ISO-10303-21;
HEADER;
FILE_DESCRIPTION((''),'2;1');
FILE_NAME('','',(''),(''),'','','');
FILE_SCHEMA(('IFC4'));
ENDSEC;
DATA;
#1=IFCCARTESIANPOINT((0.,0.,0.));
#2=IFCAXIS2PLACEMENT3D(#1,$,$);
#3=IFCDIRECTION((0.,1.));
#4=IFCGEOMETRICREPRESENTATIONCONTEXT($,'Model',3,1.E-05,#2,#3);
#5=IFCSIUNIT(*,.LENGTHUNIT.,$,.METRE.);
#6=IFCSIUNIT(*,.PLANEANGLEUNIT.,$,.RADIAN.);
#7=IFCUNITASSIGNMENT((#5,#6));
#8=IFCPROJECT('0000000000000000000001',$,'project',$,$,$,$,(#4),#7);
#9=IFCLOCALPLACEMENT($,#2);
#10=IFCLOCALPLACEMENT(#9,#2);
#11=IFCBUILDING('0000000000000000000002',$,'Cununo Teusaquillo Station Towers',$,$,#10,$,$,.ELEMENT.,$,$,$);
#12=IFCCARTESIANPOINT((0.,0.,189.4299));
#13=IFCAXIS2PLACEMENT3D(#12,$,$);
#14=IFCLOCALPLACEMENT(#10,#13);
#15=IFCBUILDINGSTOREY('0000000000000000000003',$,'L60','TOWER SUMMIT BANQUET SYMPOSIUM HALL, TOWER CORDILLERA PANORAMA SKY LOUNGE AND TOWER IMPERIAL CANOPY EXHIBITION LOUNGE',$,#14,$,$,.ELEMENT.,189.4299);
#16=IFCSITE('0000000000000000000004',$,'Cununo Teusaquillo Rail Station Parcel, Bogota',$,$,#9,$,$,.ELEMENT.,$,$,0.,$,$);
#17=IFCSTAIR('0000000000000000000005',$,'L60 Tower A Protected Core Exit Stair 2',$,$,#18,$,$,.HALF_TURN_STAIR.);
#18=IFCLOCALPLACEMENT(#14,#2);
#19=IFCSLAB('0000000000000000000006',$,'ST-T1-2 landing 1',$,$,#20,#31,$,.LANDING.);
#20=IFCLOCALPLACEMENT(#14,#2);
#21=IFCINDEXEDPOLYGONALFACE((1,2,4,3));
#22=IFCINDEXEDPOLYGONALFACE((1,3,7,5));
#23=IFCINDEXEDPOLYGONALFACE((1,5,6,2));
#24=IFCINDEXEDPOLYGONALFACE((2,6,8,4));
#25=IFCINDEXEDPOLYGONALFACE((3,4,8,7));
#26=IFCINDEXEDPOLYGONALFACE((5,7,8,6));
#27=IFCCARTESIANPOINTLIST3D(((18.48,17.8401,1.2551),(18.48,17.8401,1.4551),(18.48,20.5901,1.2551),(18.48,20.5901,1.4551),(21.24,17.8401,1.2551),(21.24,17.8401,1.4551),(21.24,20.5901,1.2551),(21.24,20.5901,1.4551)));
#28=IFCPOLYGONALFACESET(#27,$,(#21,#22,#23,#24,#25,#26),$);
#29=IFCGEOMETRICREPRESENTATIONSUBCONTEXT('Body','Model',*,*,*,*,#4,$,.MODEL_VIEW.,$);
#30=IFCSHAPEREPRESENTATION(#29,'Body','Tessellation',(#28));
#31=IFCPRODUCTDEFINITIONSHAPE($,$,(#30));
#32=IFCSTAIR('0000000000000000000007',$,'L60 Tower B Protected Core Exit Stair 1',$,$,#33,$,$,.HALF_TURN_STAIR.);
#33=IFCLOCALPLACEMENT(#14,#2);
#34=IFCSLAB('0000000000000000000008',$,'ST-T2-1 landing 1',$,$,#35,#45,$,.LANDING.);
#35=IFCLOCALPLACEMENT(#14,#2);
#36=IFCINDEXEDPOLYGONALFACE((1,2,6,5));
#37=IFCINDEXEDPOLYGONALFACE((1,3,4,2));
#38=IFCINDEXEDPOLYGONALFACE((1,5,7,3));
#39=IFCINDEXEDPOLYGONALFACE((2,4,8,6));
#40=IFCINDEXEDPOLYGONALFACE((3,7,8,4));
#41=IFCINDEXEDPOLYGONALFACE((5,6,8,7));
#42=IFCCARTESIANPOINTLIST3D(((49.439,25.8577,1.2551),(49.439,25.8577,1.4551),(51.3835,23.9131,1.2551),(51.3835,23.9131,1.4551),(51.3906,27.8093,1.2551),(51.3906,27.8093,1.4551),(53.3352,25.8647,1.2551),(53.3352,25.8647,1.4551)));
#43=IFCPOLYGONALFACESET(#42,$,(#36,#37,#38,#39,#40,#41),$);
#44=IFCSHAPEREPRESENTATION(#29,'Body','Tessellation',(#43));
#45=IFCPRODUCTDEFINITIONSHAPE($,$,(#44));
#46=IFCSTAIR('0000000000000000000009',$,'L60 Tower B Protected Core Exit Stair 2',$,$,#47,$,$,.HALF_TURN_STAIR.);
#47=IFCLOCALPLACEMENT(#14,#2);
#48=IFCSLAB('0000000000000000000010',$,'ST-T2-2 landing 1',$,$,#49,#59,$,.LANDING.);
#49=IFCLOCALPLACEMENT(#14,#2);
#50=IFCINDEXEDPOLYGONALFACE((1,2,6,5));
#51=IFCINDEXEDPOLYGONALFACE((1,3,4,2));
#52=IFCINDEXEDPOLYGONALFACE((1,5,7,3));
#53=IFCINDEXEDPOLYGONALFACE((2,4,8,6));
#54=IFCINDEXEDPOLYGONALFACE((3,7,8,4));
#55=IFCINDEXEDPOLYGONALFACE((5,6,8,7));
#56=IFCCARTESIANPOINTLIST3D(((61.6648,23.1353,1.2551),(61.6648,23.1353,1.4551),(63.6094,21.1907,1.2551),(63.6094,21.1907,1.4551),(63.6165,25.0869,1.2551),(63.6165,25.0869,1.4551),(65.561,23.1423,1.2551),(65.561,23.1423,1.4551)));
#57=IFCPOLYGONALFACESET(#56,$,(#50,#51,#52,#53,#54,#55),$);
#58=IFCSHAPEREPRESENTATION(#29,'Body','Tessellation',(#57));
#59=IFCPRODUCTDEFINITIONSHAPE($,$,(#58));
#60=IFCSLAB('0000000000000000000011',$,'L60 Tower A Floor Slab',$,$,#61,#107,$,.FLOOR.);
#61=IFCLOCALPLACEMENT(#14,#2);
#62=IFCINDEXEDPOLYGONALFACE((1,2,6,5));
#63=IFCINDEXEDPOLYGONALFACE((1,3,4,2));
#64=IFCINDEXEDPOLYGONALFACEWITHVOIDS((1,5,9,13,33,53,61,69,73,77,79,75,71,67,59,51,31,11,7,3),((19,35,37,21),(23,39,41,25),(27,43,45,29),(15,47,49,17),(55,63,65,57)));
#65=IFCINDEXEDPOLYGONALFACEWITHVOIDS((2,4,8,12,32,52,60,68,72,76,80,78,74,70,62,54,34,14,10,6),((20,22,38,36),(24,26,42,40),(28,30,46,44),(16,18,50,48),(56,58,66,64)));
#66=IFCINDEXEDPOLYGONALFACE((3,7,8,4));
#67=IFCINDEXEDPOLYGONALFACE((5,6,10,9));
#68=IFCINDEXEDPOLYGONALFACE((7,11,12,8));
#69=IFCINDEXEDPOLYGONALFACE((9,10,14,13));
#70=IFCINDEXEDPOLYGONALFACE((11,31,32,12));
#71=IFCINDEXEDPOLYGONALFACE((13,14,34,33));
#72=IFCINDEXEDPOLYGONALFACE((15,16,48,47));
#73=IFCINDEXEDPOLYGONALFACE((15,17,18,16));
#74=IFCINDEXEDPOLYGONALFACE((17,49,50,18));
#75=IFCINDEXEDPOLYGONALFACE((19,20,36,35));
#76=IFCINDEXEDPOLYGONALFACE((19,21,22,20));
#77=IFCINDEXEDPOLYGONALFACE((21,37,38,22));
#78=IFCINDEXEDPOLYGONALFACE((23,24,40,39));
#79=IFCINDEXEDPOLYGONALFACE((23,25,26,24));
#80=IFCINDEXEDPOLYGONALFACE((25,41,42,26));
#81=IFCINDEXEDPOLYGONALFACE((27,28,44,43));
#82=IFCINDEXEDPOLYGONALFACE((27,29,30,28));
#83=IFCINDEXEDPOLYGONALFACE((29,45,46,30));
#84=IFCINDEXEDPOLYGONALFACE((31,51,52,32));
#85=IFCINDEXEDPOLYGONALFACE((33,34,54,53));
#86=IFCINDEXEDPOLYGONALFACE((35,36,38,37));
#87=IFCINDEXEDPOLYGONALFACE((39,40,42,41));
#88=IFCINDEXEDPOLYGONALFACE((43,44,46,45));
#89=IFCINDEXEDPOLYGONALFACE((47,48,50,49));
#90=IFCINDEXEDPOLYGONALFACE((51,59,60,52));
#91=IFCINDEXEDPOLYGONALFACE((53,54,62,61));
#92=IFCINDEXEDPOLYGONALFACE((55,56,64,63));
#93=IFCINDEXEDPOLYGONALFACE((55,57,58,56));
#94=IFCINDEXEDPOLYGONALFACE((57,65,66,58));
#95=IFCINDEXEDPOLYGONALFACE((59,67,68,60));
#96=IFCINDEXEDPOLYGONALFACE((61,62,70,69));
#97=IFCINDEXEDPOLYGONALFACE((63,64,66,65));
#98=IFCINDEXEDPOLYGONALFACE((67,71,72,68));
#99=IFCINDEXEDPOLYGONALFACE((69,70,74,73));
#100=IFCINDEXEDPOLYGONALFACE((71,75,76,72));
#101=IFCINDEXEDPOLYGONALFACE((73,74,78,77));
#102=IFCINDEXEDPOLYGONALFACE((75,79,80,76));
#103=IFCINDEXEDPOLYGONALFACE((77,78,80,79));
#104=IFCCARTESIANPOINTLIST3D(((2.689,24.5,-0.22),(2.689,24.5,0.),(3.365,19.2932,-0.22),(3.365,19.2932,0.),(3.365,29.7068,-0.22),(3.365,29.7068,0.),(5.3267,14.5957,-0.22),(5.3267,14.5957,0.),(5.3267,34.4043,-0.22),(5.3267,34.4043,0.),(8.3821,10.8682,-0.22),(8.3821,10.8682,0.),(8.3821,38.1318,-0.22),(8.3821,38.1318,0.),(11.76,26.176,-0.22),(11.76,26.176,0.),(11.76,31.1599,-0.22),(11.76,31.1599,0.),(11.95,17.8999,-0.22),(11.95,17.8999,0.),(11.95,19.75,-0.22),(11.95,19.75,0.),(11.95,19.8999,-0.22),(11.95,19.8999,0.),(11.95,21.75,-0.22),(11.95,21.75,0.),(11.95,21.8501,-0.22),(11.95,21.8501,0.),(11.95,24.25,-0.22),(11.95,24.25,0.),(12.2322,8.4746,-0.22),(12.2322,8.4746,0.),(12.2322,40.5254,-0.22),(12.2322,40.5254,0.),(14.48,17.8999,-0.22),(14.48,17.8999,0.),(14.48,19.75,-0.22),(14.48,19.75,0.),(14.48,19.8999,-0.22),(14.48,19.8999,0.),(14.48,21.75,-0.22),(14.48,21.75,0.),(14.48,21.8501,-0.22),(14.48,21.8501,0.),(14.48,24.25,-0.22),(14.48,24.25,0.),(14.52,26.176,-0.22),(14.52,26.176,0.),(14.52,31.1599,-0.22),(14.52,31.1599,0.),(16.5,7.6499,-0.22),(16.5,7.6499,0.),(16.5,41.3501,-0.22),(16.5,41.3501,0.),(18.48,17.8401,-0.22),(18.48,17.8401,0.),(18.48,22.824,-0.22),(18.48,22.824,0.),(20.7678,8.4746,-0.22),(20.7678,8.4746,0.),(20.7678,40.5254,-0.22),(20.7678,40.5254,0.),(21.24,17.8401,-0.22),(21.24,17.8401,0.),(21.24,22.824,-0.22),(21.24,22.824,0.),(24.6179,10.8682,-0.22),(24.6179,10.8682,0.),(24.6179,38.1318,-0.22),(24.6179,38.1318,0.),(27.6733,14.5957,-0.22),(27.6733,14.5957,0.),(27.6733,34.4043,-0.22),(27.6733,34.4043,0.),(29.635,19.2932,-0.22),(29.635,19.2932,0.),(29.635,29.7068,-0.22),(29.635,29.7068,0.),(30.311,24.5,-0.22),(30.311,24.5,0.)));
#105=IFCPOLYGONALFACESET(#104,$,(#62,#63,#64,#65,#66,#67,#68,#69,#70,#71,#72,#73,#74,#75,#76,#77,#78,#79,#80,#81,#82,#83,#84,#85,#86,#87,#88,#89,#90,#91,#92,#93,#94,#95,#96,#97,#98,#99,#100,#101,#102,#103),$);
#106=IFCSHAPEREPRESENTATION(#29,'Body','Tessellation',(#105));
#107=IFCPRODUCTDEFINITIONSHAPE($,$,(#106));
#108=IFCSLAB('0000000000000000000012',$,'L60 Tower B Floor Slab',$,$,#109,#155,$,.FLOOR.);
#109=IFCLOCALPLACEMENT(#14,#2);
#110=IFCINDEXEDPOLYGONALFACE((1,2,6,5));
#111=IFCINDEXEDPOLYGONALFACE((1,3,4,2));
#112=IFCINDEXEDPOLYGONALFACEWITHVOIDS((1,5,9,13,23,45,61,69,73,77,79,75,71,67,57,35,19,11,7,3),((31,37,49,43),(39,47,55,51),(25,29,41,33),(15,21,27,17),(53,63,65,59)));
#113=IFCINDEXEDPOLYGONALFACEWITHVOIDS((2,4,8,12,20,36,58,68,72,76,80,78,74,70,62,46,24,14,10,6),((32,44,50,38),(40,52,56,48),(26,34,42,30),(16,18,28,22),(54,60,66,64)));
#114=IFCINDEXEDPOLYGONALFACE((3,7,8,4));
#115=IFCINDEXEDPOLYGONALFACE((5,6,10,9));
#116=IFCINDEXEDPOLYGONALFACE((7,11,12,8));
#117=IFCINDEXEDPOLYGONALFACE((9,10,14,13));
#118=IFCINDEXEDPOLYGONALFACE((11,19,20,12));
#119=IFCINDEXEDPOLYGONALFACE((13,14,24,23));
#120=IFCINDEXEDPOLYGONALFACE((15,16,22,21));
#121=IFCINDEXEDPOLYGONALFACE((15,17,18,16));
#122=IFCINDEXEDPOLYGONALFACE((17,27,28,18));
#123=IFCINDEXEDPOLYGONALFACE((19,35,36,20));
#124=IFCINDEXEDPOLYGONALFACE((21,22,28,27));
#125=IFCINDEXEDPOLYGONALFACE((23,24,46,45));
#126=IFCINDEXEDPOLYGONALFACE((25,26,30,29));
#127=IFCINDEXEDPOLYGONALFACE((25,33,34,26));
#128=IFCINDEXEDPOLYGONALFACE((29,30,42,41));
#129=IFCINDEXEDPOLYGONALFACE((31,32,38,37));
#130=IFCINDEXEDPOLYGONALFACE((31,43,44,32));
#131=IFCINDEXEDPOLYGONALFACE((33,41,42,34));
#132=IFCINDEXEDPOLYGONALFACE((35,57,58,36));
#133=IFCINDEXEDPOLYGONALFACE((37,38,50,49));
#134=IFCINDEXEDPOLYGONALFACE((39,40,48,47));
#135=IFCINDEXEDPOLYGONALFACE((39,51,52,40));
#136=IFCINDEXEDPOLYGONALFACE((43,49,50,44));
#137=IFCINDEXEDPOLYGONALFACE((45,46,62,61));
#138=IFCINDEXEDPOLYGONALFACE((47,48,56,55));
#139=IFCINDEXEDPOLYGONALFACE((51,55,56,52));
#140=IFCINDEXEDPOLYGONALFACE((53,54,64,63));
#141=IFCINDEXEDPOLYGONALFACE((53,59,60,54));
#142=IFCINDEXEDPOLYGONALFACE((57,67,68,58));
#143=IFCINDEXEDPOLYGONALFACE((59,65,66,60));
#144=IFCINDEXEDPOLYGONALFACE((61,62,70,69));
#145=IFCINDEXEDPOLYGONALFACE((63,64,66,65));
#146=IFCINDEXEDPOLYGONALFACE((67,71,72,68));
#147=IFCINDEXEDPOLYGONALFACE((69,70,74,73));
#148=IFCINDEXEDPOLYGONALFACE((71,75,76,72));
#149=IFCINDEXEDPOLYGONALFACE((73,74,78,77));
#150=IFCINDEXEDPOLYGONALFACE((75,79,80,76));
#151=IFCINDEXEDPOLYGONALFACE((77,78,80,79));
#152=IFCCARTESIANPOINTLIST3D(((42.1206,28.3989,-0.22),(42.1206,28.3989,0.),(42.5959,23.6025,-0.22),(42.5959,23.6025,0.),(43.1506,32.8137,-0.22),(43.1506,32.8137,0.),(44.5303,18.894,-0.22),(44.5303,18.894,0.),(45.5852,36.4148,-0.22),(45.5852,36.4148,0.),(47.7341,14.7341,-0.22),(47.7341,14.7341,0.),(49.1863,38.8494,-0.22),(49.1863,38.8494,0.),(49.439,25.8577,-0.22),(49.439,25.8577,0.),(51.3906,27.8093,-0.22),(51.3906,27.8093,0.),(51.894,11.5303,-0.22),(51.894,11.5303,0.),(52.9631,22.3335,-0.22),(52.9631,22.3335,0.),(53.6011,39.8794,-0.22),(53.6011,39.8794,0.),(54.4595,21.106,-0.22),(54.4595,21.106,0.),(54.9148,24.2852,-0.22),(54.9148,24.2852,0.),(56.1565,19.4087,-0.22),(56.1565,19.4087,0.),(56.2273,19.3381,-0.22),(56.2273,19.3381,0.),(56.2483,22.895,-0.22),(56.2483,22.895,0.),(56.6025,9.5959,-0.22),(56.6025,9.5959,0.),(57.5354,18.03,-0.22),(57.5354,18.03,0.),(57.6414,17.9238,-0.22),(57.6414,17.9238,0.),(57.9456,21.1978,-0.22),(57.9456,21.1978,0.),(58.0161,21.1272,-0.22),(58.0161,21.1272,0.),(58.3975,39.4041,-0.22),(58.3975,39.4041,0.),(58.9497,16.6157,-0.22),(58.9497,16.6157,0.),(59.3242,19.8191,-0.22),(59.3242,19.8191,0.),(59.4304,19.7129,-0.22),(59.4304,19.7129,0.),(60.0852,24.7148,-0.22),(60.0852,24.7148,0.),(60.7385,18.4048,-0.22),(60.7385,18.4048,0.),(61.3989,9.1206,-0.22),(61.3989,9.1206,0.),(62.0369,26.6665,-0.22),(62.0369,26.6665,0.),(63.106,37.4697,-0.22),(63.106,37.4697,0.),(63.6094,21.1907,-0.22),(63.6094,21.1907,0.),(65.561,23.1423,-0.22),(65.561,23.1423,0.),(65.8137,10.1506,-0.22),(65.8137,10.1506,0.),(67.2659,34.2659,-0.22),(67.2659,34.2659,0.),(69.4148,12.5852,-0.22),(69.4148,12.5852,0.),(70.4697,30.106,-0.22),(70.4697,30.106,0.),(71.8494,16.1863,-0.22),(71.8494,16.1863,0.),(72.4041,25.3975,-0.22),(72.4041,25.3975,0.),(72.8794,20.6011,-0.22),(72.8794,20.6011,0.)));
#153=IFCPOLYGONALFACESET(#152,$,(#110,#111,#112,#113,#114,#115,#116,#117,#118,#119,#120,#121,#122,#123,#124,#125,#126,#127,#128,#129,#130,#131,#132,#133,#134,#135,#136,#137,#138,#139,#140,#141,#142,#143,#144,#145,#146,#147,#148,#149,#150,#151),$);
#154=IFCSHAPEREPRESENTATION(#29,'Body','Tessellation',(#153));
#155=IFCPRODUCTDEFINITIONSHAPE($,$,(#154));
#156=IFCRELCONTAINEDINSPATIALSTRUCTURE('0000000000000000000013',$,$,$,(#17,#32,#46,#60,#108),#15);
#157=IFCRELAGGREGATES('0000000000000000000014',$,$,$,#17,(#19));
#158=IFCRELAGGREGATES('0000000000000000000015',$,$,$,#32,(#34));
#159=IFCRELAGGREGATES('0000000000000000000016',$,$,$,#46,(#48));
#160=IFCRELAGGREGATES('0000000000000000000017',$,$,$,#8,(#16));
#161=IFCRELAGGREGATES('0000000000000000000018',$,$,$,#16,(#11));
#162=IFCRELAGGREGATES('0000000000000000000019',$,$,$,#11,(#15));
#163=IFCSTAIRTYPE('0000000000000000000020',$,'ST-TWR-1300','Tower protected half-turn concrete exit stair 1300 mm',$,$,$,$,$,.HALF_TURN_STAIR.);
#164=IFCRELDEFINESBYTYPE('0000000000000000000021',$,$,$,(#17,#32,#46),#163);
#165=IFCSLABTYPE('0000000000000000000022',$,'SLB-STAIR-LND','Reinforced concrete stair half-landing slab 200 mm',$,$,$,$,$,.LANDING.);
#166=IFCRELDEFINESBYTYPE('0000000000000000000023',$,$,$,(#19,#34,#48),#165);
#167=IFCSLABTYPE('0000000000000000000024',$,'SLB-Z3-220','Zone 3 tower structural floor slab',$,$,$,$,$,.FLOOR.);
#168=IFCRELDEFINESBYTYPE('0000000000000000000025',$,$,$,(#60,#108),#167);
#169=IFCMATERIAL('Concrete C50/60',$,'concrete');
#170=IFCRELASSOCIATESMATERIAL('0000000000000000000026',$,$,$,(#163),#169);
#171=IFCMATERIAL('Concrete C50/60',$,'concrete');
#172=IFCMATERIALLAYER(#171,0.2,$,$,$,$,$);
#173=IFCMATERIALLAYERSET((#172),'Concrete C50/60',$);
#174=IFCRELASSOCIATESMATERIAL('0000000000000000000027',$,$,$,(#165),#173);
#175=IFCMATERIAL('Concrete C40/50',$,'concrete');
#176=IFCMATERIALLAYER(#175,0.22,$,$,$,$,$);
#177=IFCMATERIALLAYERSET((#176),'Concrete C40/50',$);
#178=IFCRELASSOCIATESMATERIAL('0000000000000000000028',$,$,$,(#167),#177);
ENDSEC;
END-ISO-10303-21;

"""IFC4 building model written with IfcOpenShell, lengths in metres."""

from ifc_helpers import new_model, si_unit, direction, frame, origin, place, context, subcontext, project, spatial, polyline, outline, extrude, material, layer, layer_set, type_object, element, aggregate, save


model = new_model("IFC4")

# Units and contexts
model_context = context("Model", 3, precision=1e-05, world=origin(), true_north=direction((0.0, 1.0)))
body_context = subcontext(model_context, "Body", "Model", "MODEL_VIEW")
ifc_project = project(units=[si_unit("LENGTHUNIT", "METRE"), si_unit("PLANEANGLEUNIT", "RADIAN")], contexts=[model_context])

# Site, building, storey
site_placement = place(None, origin())
site = spatial("IfcSite", under=ifc_project, at=site_placement, Name="Cununo Teusaquillo Rail Station Parcel, Bogota", CompositionType="ELEMENT", RefElevation=0.0)
building_placement = place(site_placement, origin())
building = spatial("IfcBuilding", under=site, at=building_placement, Name="Cununo Teusaquillo Station Towers", CompositionType="ELEMENT")
storey_placement = place(building_placement, frame((0.0, 0.0, 189.4299)))
storey = spatial("IfcBuildingStorey", under=building, at=storey_placement, Name="L60", Description="TOWER SUMMIT BANQUET SYMPOSIUM HALL, TOWER CORDILLERA PANORAMA SKY LOUNGE AND TOWER IMPERIAL CANOPY EXHIBITION LOUNGE", CompositionType="ELEMENT", Elevation=189.4299)

# Stairs, slabs
ifc_material_1 = material(Name="Concrete C50/60", Category="concrete")
stair_type = type_object("IfcStairType", Name="ST-TWR-1300", Description="Tower protected half-turn concrete exit stair 1300 mm", PredefinedType="HALF_TURN_STAIR", material=ifc_material_1)
ifc_material_2 = material(Name="Concrete C50/60", Category="concrete")
ifc_layer_1 = layer(ifc_material_2, 0.2)
ifc_layer_set_1 = layer_set([ifc_layer_1], Name="Concrete C50/60")
slab_type_1 = type_object("IfcSlabType", Name="SLB-STAIR-LND", Description="Reinforced concrete stair half-landing slab 200 mm", PredefinedType="LANDING", material=ifc_layer_set_1)
stair_1_placement = place(storey_placement, origin())
stair_1 = element("IfcStair", 1, at=stair_1_placement, inside=storey, type_object=stair_type, Name="L60 Tower A Protected Core Exit Stair 2", PredefinedType="HALF_TURN_STAIR")
slab_1_placement = place(storey_placement, frame((0.0, 0.0, 1.2551)))
slab_1 = element("IfcSlab", 2, at=slab_1_placement, type_object=slab_type_1, Name="ST-T1-2 landing 1", PredefinedType="LANDING", context=body_context, shape_type="SweptSolid", body=[
    extrude(outline(polyline([(18.48, 20.5901), (18.48, 17.8401), (21.24, 17.8401), (21.24, 20.5901), (18.48, 20.5901)])), origin(), (0.0, 0.0, 1.0), 0.2),
])
aggregate(stair_1, [slab_1])
stair_2_placement = place(storey_placement, origin())
stair_2 = element("IfcStair", 3, at=stair_2_placement, inside=storey, type_object=stair_type, Name="L60 Tower B Protected Core Exit Stair 1", PredefinedType="HALF_TURN_STAIR")
slab_2_placement = place(storey_placement, frame((0.0, 0.0, 1.2551)))
slab_2 = element("IfcSlab", 4, at=slab_2_placement, type_object=slab_type_1, Name="ST-T2-1 landing 1", PredefinedType="LANDING", context=body_context, shape_type="SweptSolid", body=[
    extrude(outline(polyline([(53.3352, 25.8647), (51.3906, 27.8093), (49.439, 25.8577), (51.3835, 23.9131), (53.3352, 25.8647)])), origin(), (0.0, 0.0, 1.0), 0.2),
])
aggregate(stair_2, [slab_2])
stair_3_placement = place(storey_placement, origin())
stair_3 = element("IfcStair", 5, at=stair_3_placement, inside=storey, type_object=stair_type, Name="L60 Tower B Protected Core Exit Stair 2", PredefinedType="HALF_TURN_STAIR")
slab_3_placement = place(storey_placement, frame((0.0, 0.0, 1.2551)))
slab_3 = element("IfcSlab", 6, at=slab_3_placement, type_object=slab_type_1, Name="ST-T2-2 landing 1", PredefinedType="LANDING", context=body_context, shape_type="SweptSolid", body=[
    extrude(outline(polyline([(61.6648, 23.1353), (63.6094, 21.1907), (65.561, 23.1423), (63.6165, 25.0869), (61.6648, 23.1353)])), origin(), (0.0, 0.0, 1.0), 0.2),
])
aggregate(stair_3, [slab_3])

# Slabs
ifc_material_3 = material(Name="Concrete C40/50", Category="concrete")
ifc_layer_2 = layer(ifc_material_3, 0.22)
ifc_layer_set_2 = layer_set([ifc_layer_2], Name="Concrete C40/50")
slab_type_2 = type_object("IfcSlabType", Name="SLB-Z3-220", Description="Zone 3 tower structural floor slab", PredefinedType="FLOOR", material=ifc_layer_set_2)
slab_4_placement = place(storey_placement, frame((0.0, 0.0, -0.22)))
element("IfcSlab", 7, at=slab_4_placement, inside=storey, type_object=slab_type_2, Name="L60 Tower A Floor Slab", PredefinedType="FLOOR", context=body_context, shape_type="SweptSolid", body=[
    extrude(outline(polyline([(30.311, 24.5), (29.635, 29.7068), (27.6733, 34.4043), (24.6179, 38.1318), (20.7678, 40.5254), (16.5, 41.3501), (12.2322, 40.5254), (8.3821, 38.1318), (5.3267, 34.4043), (3.365, 29.7068), (2.689, 24.5), (3.365, 19.2932), (5.3267, 14.5957), (8.3821, 10.8682), (12.2322, 8.4746), (16.5, 7.6499), (20.7678, 8.4746), (24.6179, 10.8682), (27.6733, 14.5957), (29.635, 19.2932), (30.311, 24.5)]), holes=[polyline([(14.52, 26.176), (14.52, 31.1599), (11.76, 31.1599), (11.76, 26.176), (14.52, 26.176)]), polyline([(18.48, 22.824), (18.48, 17.8401), (21.24, 17.8401), (21.24, 22.824), (18.48, 22.824)]), polyline([(11.95, 21.8501), (14.48, 21.8501), (14.48, 24.25), (11.95, 24.25), (11.95, 21.8501)]), polyline([(11.95, 17.8999), (14.48, 17.8999), (14.48, 19.75), (11.95, 19.75), (11.95, 17.8999)]), polyline([(11.95, 19.8999), (14.48, 19.8999), (14.48, 21.75), (11.95, 21.75), (11.95, 19.8999)])]), origin(), (0.0, 0.0, 1.0), 0.22),
])
slab_5_placement = place(storey_placement, frame((0.0, 0.0, -0.22)))
element("IfcSlab", 8, at=slab_5_placement, inside=storey, type_object=slab_type_2, Name="L60 Tower B Floor Slab", PredefinedType="FLOOR", context=body_context, shape_type="SweptSolid", body=[
    extrude(outline(polyline([(67.2659, 34.2659), (63.106, 37.4697), (58.3975, 39.4041), (53.6011, 39.8794), (49.1863, 38.8494), (45.5852, 36.4148), (43.1506, 32.8137), (42.1206, 28.3989), (42.5959, 23.6025), (44.5303, 18.894), (47.7341, 14.7341), (51.894, 11.5303), (56.6025, 9.5959), (61.3989, 9.1206), (65.8137, 10.1506), (69.4148, 12.5852), (71.8494, 16.1863), (72.8794, 20.6011), (72.4041, 25.3975), (70.4697, 30.106), (67.2659, 34.2659)]), holes=[polyline([(54.9148, 24.2852), (51.3906, 27.8093), (49.439, 25.8577), (52.9631, 22.3335), (54.9148, 24.2852)]), polyline([(60.0852, 24.7148), (63.6094, 21.1907), (65.561, 23.1423), (62.0369, 26.6665), (60.0852, 24.7148)]), polyline([(56.1565, 19.4087), (57.9456, 21.1978), (56.2483, 22.895), (54.4595, 21.106), (56.1565, 19.4087)]), polyline([(58.9497, 16.6157), (60.7385, 18.4048), (59.4304, 19.7129), (57.6414, 17.9238), (58.9497, 16.6157)]), polyline([(57.5354, 18.03), (59.3242, 19.8191), (58.0161, 21.1272), (56.2273, 19.3381), (57.5354, 18.03)])]), origin(), (0.0, 0.0, 1.0), 0.22),
])

save(model, "model.ifc")
